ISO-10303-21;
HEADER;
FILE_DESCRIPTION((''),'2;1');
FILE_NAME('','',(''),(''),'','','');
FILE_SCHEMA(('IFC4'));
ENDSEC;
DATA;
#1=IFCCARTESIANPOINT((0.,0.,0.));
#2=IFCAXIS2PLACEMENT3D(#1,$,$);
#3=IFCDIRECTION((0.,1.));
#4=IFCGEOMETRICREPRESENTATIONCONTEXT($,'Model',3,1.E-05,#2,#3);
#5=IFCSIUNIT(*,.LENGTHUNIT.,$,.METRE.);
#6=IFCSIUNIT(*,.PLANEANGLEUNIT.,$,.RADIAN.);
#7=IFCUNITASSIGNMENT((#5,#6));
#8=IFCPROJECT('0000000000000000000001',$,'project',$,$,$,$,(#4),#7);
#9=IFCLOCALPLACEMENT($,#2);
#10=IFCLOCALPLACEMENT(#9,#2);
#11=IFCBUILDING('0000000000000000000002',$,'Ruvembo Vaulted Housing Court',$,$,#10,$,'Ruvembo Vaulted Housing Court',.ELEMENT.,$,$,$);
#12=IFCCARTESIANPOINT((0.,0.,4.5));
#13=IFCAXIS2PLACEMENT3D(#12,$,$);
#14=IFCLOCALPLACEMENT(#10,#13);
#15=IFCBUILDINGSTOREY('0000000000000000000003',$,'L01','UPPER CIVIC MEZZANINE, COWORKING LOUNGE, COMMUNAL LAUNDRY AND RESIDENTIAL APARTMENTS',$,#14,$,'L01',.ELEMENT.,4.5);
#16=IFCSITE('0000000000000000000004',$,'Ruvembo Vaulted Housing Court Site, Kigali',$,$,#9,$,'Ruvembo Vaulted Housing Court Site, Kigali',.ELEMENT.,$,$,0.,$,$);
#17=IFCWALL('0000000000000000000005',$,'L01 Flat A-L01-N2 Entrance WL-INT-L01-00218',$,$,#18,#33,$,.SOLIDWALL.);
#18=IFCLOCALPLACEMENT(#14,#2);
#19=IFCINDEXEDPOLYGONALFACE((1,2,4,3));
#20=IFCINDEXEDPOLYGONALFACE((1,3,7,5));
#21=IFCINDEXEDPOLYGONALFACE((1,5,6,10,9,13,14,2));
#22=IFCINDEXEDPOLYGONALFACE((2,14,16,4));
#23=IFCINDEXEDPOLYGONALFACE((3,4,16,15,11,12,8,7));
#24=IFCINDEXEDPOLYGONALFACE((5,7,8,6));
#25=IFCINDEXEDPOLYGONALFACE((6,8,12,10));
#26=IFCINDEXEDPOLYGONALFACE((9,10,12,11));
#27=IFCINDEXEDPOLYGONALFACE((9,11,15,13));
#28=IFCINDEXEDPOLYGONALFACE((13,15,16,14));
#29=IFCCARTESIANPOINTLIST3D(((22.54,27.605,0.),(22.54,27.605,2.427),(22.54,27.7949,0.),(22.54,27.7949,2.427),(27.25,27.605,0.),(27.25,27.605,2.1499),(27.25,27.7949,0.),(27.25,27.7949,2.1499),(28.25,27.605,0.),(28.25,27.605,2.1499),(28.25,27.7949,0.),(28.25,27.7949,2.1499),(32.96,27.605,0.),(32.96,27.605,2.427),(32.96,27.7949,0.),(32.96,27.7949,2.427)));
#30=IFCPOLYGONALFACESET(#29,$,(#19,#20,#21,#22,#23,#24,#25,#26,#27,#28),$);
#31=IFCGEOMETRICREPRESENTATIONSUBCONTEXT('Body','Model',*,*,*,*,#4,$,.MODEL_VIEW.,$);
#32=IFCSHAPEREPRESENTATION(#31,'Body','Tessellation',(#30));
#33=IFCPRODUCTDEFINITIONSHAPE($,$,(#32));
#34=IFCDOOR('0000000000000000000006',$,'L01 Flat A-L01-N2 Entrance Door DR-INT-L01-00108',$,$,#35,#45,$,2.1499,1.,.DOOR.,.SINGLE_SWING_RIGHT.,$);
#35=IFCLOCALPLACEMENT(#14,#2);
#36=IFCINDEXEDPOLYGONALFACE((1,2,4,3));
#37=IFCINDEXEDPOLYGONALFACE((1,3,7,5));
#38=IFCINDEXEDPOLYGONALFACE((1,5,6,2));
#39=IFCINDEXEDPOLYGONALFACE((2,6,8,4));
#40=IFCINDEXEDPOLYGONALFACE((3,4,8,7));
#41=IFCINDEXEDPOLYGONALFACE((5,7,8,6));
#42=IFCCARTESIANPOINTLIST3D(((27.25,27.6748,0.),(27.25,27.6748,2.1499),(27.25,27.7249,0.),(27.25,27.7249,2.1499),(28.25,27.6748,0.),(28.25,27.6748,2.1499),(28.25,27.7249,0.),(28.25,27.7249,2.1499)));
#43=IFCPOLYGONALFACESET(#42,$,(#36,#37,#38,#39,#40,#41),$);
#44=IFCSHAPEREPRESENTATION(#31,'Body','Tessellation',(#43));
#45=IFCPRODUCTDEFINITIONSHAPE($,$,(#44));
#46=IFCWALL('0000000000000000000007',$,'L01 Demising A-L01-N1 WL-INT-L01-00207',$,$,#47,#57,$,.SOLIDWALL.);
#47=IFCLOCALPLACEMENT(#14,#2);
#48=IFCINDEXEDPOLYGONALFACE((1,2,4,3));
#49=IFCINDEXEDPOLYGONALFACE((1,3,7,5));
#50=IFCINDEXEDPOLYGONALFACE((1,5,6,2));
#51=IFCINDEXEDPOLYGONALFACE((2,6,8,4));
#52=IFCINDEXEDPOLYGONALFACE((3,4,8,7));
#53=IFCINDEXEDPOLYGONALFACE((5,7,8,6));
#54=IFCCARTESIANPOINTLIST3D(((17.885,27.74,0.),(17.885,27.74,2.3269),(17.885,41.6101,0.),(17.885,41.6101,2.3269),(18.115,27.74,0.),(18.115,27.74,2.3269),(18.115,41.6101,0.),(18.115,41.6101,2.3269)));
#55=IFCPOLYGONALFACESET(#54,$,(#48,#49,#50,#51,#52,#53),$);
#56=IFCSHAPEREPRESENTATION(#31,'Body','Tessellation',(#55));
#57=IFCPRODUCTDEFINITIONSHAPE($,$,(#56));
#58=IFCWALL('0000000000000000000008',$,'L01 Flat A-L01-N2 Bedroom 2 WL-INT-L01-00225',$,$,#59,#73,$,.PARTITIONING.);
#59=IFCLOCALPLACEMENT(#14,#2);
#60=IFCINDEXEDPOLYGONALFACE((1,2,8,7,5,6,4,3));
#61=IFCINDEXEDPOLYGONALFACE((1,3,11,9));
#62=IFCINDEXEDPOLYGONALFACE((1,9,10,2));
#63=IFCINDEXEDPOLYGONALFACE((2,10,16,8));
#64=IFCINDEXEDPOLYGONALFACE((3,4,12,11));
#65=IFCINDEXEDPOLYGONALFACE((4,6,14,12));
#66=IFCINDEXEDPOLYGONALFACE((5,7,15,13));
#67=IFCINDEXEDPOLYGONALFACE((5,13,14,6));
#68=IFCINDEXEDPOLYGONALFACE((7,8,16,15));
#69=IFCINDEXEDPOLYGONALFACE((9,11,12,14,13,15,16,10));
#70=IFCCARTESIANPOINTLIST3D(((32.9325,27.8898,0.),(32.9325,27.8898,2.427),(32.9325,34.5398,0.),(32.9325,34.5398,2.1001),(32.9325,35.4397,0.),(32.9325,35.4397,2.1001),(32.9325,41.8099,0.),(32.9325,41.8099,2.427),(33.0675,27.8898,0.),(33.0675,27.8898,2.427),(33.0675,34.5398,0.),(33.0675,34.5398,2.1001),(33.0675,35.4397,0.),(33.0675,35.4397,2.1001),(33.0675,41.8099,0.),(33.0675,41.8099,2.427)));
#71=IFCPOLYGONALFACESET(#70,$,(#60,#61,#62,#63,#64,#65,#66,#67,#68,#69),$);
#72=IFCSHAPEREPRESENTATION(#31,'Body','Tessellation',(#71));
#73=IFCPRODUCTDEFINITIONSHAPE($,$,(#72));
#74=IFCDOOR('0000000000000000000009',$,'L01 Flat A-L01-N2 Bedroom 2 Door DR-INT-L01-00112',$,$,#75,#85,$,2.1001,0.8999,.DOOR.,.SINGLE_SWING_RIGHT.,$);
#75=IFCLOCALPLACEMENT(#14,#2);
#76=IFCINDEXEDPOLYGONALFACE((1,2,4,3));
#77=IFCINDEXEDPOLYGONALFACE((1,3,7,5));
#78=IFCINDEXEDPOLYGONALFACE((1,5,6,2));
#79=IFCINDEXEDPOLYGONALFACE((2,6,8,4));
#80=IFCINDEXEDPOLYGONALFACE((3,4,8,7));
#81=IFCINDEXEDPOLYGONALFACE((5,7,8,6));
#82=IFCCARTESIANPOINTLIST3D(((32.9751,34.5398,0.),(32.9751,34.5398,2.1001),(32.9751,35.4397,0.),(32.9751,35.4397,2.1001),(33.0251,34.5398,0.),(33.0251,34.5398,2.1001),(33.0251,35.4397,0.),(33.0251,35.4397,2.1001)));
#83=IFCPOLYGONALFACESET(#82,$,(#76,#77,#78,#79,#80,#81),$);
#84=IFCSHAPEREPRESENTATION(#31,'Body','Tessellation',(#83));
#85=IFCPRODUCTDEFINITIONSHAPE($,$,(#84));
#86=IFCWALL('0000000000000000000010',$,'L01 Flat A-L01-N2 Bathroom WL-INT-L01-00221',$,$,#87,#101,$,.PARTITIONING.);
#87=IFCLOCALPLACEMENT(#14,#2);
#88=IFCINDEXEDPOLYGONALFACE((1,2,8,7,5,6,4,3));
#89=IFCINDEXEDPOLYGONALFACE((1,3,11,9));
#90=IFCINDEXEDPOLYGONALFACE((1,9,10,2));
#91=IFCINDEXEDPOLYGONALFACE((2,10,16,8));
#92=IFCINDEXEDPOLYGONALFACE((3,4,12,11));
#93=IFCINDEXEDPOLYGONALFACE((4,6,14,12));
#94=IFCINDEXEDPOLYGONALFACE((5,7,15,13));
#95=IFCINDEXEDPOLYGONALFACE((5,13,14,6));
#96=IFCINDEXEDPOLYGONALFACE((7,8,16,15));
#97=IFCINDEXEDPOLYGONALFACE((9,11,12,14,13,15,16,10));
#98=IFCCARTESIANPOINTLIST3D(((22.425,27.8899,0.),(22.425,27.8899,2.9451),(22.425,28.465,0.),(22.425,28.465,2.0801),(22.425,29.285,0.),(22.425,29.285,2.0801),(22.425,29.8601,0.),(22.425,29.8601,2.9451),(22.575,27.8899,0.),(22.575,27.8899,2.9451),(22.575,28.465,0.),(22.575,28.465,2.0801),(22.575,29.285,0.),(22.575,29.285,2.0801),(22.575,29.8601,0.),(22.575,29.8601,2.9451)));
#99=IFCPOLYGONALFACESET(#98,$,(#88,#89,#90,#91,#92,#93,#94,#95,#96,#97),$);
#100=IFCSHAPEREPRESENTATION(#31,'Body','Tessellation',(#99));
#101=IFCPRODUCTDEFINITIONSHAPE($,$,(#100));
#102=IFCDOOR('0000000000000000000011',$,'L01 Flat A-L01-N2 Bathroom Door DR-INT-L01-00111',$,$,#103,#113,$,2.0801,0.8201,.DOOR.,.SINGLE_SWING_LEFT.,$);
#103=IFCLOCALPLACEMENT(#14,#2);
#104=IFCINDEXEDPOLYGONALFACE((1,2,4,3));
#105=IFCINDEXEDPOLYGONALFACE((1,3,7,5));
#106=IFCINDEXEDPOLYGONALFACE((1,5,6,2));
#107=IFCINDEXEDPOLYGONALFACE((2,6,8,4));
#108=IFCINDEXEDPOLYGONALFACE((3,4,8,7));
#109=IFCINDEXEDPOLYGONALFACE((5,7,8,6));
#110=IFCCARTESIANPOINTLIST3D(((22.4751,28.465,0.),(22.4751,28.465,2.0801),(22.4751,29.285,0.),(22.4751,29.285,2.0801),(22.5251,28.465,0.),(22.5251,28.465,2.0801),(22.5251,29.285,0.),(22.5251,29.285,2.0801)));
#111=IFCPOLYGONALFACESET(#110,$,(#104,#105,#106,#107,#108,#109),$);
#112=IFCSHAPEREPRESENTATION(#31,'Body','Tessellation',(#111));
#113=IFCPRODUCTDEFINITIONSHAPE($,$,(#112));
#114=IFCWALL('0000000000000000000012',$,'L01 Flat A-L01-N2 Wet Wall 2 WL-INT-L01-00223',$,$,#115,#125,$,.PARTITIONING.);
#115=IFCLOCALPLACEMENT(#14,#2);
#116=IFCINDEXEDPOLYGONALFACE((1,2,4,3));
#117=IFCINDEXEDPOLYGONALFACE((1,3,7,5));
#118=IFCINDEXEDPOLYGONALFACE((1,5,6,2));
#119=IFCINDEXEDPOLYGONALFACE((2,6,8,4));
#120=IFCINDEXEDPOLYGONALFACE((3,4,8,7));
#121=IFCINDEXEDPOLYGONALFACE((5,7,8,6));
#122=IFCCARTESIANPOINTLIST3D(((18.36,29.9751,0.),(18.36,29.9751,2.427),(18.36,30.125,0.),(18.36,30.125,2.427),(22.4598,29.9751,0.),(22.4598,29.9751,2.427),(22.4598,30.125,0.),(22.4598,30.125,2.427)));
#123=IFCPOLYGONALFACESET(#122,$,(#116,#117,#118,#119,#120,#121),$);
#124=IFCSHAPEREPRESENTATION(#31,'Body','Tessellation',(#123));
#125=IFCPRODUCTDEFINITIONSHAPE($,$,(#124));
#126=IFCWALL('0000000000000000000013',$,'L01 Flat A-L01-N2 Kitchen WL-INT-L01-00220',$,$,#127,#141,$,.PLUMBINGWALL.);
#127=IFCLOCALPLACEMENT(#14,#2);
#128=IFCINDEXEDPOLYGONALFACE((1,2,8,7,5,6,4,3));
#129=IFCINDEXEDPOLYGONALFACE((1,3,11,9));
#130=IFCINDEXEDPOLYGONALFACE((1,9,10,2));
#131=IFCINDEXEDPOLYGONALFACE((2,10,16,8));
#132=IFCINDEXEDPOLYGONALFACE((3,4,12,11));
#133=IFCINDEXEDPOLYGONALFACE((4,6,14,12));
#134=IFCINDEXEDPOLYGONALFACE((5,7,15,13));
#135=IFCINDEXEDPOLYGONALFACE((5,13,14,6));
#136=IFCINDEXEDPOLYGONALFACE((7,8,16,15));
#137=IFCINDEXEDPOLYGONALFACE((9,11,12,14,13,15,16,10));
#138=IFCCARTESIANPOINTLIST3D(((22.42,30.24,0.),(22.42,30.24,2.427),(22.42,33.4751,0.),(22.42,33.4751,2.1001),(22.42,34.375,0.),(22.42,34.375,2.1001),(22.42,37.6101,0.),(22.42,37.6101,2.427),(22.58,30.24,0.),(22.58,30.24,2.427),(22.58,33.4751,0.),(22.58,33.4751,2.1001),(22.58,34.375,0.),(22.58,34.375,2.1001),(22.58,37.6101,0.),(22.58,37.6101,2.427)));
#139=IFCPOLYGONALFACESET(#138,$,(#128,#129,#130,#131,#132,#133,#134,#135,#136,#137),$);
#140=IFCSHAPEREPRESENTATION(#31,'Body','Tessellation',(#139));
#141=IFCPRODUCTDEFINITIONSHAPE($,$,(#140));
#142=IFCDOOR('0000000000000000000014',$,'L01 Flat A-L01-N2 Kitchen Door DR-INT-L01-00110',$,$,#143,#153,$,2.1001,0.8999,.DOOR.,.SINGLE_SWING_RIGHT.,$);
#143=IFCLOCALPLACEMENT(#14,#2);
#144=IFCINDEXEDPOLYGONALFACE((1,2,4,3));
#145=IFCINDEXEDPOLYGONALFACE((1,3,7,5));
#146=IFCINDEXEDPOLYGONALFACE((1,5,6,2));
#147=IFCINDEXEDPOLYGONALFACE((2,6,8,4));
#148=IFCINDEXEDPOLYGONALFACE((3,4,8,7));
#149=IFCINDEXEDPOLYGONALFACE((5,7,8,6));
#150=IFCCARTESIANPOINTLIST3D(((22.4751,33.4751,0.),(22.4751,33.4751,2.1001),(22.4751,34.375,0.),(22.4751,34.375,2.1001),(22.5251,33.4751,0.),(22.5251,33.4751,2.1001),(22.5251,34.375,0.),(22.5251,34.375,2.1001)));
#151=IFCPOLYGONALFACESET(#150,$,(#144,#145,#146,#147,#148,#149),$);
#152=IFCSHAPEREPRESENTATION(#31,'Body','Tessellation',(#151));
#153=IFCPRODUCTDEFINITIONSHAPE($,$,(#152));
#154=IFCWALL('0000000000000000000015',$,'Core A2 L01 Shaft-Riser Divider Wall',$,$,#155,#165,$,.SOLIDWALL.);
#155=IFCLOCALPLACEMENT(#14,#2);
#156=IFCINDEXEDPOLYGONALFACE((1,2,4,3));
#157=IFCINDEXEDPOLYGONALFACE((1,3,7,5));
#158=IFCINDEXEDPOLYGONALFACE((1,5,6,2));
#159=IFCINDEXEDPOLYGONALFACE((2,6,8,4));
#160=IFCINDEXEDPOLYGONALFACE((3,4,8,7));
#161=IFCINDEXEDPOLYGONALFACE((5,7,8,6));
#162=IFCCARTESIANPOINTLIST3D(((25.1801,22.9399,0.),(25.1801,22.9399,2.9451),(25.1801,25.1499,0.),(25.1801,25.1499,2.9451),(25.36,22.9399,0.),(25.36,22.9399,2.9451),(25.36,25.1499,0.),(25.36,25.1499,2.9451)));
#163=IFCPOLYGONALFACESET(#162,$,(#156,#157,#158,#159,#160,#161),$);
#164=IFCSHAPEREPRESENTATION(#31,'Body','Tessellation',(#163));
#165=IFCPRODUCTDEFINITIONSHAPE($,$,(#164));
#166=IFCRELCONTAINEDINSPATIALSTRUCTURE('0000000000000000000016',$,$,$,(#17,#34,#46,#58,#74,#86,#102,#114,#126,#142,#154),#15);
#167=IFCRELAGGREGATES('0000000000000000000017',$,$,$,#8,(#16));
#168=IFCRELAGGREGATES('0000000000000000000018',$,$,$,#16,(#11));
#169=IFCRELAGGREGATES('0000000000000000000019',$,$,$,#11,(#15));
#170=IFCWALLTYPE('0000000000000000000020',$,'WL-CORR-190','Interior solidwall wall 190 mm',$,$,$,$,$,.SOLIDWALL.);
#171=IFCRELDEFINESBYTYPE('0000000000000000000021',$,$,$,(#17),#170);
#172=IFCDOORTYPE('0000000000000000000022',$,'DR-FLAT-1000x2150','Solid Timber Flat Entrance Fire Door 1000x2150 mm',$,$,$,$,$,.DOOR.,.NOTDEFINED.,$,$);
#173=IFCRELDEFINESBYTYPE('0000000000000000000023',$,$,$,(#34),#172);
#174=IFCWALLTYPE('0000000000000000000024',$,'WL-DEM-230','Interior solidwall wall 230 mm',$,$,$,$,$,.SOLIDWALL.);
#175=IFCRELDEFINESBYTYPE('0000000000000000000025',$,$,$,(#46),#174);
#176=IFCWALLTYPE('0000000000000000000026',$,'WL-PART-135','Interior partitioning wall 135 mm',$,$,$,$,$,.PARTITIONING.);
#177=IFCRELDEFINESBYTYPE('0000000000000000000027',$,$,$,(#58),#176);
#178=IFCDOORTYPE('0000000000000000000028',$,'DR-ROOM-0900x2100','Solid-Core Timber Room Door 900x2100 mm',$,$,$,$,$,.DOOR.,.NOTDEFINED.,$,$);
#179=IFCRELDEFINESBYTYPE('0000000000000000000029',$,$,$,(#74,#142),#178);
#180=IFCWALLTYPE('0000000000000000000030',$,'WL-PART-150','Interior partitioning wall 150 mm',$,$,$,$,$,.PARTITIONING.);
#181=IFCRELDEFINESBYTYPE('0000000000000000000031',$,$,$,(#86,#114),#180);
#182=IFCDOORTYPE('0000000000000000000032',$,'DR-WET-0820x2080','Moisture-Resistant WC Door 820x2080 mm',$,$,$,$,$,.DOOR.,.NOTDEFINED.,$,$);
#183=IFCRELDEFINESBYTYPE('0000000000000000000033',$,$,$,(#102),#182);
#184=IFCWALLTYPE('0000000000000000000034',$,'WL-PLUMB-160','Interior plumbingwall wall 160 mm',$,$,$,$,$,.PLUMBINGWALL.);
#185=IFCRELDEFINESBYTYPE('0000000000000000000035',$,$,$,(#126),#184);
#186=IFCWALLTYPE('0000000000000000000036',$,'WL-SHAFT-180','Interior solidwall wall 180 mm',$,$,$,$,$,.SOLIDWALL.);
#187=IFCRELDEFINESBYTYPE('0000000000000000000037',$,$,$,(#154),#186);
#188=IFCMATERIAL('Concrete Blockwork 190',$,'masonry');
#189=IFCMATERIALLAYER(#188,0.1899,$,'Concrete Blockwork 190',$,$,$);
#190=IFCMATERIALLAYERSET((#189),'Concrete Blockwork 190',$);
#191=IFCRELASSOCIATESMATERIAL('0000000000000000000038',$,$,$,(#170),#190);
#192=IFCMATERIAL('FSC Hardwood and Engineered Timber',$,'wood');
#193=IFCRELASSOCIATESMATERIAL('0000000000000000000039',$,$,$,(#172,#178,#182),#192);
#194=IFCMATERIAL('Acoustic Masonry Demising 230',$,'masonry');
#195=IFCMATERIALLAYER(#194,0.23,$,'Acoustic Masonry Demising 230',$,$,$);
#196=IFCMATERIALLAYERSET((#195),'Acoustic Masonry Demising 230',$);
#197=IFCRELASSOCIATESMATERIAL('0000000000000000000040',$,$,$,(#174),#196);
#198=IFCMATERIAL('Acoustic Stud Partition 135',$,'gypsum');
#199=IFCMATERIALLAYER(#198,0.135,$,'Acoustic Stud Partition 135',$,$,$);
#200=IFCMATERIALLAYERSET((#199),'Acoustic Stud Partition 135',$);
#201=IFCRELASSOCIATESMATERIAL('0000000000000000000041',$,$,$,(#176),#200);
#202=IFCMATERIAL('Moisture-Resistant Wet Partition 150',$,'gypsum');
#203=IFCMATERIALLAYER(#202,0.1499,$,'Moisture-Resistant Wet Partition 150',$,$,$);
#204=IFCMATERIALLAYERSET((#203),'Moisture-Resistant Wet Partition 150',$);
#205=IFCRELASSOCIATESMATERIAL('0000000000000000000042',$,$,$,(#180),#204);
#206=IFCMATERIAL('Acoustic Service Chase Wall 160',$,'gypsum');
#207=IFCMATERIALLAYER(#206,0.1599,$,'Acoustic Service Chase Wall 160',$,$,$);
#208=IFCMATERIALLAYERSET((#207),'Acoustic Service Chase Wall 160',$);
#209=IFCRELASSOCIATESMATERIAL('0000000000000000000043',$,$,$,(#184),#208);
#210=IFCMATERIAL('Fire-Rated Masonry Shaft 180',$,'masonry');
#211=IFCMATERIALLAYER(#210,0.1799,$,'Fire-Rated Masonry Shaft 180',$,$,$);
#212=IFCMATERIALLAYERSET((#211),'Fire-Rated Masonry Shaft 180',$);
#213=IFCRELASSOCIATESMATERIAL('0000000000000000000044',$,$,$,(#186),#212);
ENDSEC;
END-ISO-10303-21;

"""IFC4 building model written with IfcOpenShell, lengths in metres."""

from ifc_helpers import new_model, si_unit, direction, frame, frame_2d, origin, place, context, subcontext, project, spatial, rectangle, extrude, material, layer, layer_set, type_object, element, fill, save


model = new_model("IFC4")

# Units and contexts
model_context = context("Model", 3, precision=1e-05, world=origin(), true_north=direction((0.0, 1.0)))
body_context = subcontext(model_context, "Body", "Model", "MODEL_VIEW")
ifc_project = project(units=[si_unit("LENGTHUNIT", "METRE"), si_unit("PLANEANGLEUNIT", "RADIAN")], contexts=[model_context])

# Site, building, storey
site_placement = place(None, origin())
site = spatial("IfcSite", under=ifc_project, at=site_placement, Name="Ruvembo Vaulted Housing Court Site, Kigali", LongName="Ruvembo Vaulted Housing Court Site, Kigali", CompositionType="ELEMENT", RefElevation=0.0)
building_placement = place(site_placement, origin())
building = spatial("IfcBuilding", under=site, at=building_placement, Name="Ruvembo Vaulted Housing Court", LongName="Ruvembo Vaulted Housing Court", CompositionType="ELEMENT")
storey_placement = place(building_placement, frame((0.0, 0.0, 4.5)))
storey = spatial("IfcBuildingStorey", under=building, at=storey_placement, Name="L01", Description="UPPER CIVIC MEZZANINE, COWORKING LOUNGE, COMMUNAL LAUNDRY AND RESIDENTIAL APARTMENTS", LongName="L01", CompositionType="ELEMENT", Elevation=4.5)

# Shared definitions
ifc_material_1 = material(Name="Concrete Blockwork 190", Category="masonry")
ifc_layer_1 = layer(ifc_material_1, 0.1899, Name="Concrete Blockwork 190")
ifc_layer_set_1 = layer_set([ifc_layer_1], Name="Concrete Blockwork 190")
wall_type_1 = type_object("IfcWallType", Name="WL-CORR-190", Description="Interior solidwall wall 190 mm", PredefinedType="SOLIDWALL", material=ifc_layer_set_1)

# Wall, opening, door
wall_1_placement = place(storey_placement, frame((22.54, 27.7, 0.0), z_axis=(0.0, 0.0, 1.0), x_axis=(1.0, 0.0, 0.0)))
wall_1 = element("IfcWall", 1, at=wall_1_placement, inside=storey, type_object=wall_type_1, Name="L01 Flat A-L01-N2 Entrance WL-INT-L01-00218", PredefinedType="SOLIDWALL", context=body_context, shape_type="SweptSolid", body=[
    extrude(rectangle(XDim=10.4199, YDim=0.1899, at=frame_2d((5.21, 0.0))), origin(), (0.0, 0.0, 1.0), 2.427),
])
opening_1_placement = place(wall_1_placement, frame((4.71, 0.0, 0.0)))
opening_1 = element("IfcOpeningElement", 2, at=opening_1_placement, cuts=wall_1, PredefinedType="OPENING", context=body_context, shape_type="SweptSolid", body=[
    extrude(rectangle(XDim=1.0, YDim=2.1499, at=frame_2d((0.5, 1.075))), frame((0.0, 0.105, 0.0), z_axis=(0.0, -1.0, 0.0), x_axis=(1.0, 0.0, 0.0)), (0.0, 0.0, 1.0), 0.21),
])
ifc_material_2 = material(Name="FSC Hardwood and Engineered Timber", Category="wood")
door_type_1 = type_object("IfcDoorType", Name="DR-FLAT-1000x2150", Description="Solid Timber Flat Entrance Fire Door 1000x2150 mm", OperationType="NOTDEFINED", PredefinedType="DOOR", material=ifc_material_2)
door_1_placement = place(opening_1_placement, origin())
door_1 = element("IfcDoor", 3, at=door_1_placement, inside=storey, type_object=door_type_1, Name="L01 Flat A-L01-N2 Entrance Door DR-INT-L01-00108", OperationType="SINGLE_SWING_RIGHT", OverallHeight=2.1499, OverallWidth=1.0, PredefinedType="DOOR", context=body_context, shape_type="SweptSolid", body=[
    extrude(rectangle(XDim=1.0, YDim=2.1499, at=frame_2d((0.5, 1.075))), frame((0.0, 0.0249, 0.0), z_axis=(0.0, -1.0, 0.0), x_axis=(1.0, 0.0, 0.0)), (0.0, 0.0, 1.0), 0.05),
])
fill(opening_1, door_1)

# Wall
ifc_material_3 = material(Name="Acoustic Masonry Demising 230", Category="masonry")
ifc_layer_2 = layer(ifc_material_3, 0.23, Name="Acoustic Masonry Demising 230")
ifc_layer_set_2 = layer_set([ifc_layer_2], Name="Acoustic Masonry Demising 230")
wall_type_2 = type_object("IfcWallType", Name="WL-DEM-230", Description="Interior solidwall wall 230 mm", PredefinedType="SOLIDWALL", material=ifc_layer_set_2)
wall_2_placement = place(storey_placement, frame((18.0, 27.74, 0.0), z_axis=(0.0, 0.0, 1.0), x_axis=(0.0, 1.0, 0.0)))
element("IfcWall", 4, at=wall_2_placement, inside=storey, type_object=wall_type_2, Name="L01 Demising A-L01-N1 WL-INT-L01-00207", PredefinedType="SOLIDWALL", context=body_context, shape_type="SweptSolid", body=[
    extrude(rectangle(XDim=13.8701, YDim=0.23, at=frame_2d((6.9351, 0.0))), origin(), (0.0, 0.0, 1.0), 2.3269),
])

# Walls, openings, doors
ifc_material_4 = material(Name="Acoustic Stud Partition 135", Category="gypsum")
ifc_layer_3 = layer(ifc_material_4, 0.135, Name="Acoustic Stud Partition 135")
ifc_layer_set_3 = layer_set([ifc_layer_3], Name="Acoustic Stud Partition 135")
wall_type_3 = type_object("IfcWallType", Name="WL-PART-135", Description="Interior partitioning wall 135 mm", PredefinedType="PARTITIONING", material=ifc_layer_set_3)
wall_3_placement = place(storey_placement, frame((33.0, 27.8899, 0.0), z_axis=(0.0, 0.0, 1.0), x_axis=(0.0, 1.0, 0.0)))
wall_3 = element("IfcWall", 5, at=wall_3_placement, inside=storey, type_object=wall_type_3, Name="L01 Flat A-L01-N2 Bedroom 2 WL-INT-L01-00225", PredefinedType="PARTITIONING", context=body_context, shape_type="SweptSolid", body=[
    extrude(rectangle(XDim=13.9202, YDim=0.135, at=frame_2d((6.96, 0.0))), origin(), (0.0, 0.0, 1.0), 2.427),
])
opening_2_placement = place(wall_3_placement, frame((6.6499, 0.0, 0.0)))
opening_2 = element("IfcOpeningElement", 6, at=opening_2_placement, cuts=wall_3, PredefinedType="OPENING", context=body_context, shape_type="SweptSolid", body=[
    extrude(rectangle(XDim=0.8999, YDim=2.1001, at=frame_2d((0.45, 1.05))), frame((0.0, 0.0774, 0.0), z_axis=(0.0, -1.0, 0.0), x_axis=(1.0, 0.0, 0.0)), (0.0, 0.0, 1.0), 0.155),
])
door_type_2 = type_object("IfcDoorType", Name="DR-ROOM-0900x2100", Description="Solid-Core Timber Room Door 900x2100 mm", OperationType="NOTDEFINED", PredefinedType="DOOR", material=ifc_material_2)
door_2_placement = place(opening_2_placement, origin())
door_2 = element("IfcDoor", 7, at=door_2_placement, inside=storey, type_object=door_type_2, Name="L01 Flat A-L01-N2 Bedroom 2 Door DR-INT-L01-00112", OperationType="SINGLE_SWING_RIGHT", OverallHeight=2.1001, OverallWidth=0.8999, PredefinedType="DOOR", context=body_context, shape_type="SweptSolid", body=[
    extrude(rectangle(XDim=0.8999, YDim=2.1001, at=frame_2d((0.45, 1.05))), frame((0.0, 0.0249, 0.0), z_axis=(0.0, -1.0, 0.0), x_axis=(1.0, 0.0, 0.0)), (0.0, 0.0, 1.0), 0.05),
])
fill(opening_2, door_2)
ifc_material_5 = material(Name="Moisture-Resistant Wet Partition 150", Category="gypsum")
ifc_layer_4 = layer(ifc_material_5, 0.1499, Name="Moisture-Resistant Wet Partition 150")
ifc_layer_set_4 = layer_set([ifc_layer_4], Name="Moisture-Resistant Wet Partition 150")
wall_type_4 = type_object("IfcWallType", Name="WL-PART-150", Description="Interior partitioning wall 150 mm", PredefinedType="PARTITIONING", material=ifc_layer_set_4)
wall_4_placement = place(storey_placement, frame((22.5, 27.8899, 0.0), z_axis=(0.0, 0.0, 1.0), x_axis=(0.0, 1.0, 0.0)))
wall_4 = element("IfcWall", 8, at=wall_4_placement, inside=storey, type_object=wall_type_4, Name="L01 Flat A-L01-N2 Bathroom WL-INT-L01-00221", PredefinedType="PARTITIONING", context=body_context, shape_type="SweptSolid", body=[
    extrude(rectangle(XDim=1.9702, YDim=0.1499, at=frame_2d((0.9851, 0.0))), origin(), (0.0, 0.0, 1.0), 2.9451),
])
opening_3_placement = place(wall_4_placement, frame((0.575, 0.0, 0.0)))
opening_3 = element("IfcOpeningElement", 9, at=opening_3_placement, cuts=wall_4, PredefinedType="OPENING", context=body_context, shape_type="SweptSolid", body=[
    extrude(rectangle(XDim=0.8201, YDim=2.0801, at=frame_2d((0.4102, 1.04))), frame((0.0, 0.085, 0.0), z_axis=(0.0, -1.0, 0.0), x_axis=(1.0, 0.0, 0.0)), (0.0, 0.0, 1.0), 0.1699),
])
door_type_3 = type_object("IfcDoorType", Name="DR-WET-0820x2080", Description="Moisture-Resistant WC Door 820x2080 mm", OperationType="NOTDEFINED", PredefinedType="DOOR", material=ifc_material_2)
door_3_placement = place(opening_3_placement, origin())
door_3 = element("IfcDoor", 10, at=door_3_placement, inside=storey, type_object=door_type_3, Name="L01 Flat A-L01-N2 Bathroom Door DR-INT-L01-00111", OperationType="SINGLE_SWING_LEFT", OverallHeight=2.0801, OverallWidth=0.8201, PredefinedType="DOOR", context=body_context, shape_type="SweptSolid", body=[
    extrude(rectangle(XDim=0.8201, YDim=2.0801, at=frame_2d((0.4102, 1.04))), frame((0.0, 0.0249, 0.0), z_axis=(0.0, -1.0, 0.0), x_axis=(1.0, 0.0, 0.0)), (0.0, 0.0, 1.0), 0.05),
])
fill(opening_3, door_3)

# Wall
wall_5_placement = place(storey_placement, frame((18.3601, 30.05, 0.0), z_axis=(0.0, 0.0, 1.0), x_axis=(1.0, 0.0, 0.0)))
element("IfcWall", 11, at=wall_5_placement, inside=storey, type_object=wall_type_4, Name="L01 Flat A-L01-N2 Wet Wall 2 WL-INT-L01-00223", PredefinedType="PARTITIONING", context=body_context, shape_type="SweptSolid", body=[
    extrude(rectangle(XDim=4.0999, YDim=0.1499, at=frame_2d((2.0498, 0.0))), origin(), (0.0, 0.0, 1.0), 2.427),
])

# Wall, opening, door
ifc_material_6 = material(Name="Acoustic Service Chase Wall 160", Category="gypsum")
ifc_layer_5 = layer(ifc_material_6, 0.1599, Name="Acoustic Service Chase Wall 160")
ifc_layer_set_5 = layer_set([ifc_layer_5], Name="Acoustic Service Chase Wall 160")
wall_type_5 = type_object("IfcWallType", Name="WL-PLUMB-160", Description="Interior plumbingwall wall 160 mm", PredefinedType="PLUMBINGWALL", material=ifc_layer_set_5)
wall_6_placement = place(storey_placement, frame((22.5, 30.24, 0.0), z_axis=(0.0, 0.0, 1.0), x_axis=(0.0, 1.0, 0.0)))
wall_6 = element("IfcWall", 12, at=wall_6_placement, inside=storey, type_object=wall_type_5, Name="L01 Flat A-L01-N2 Kitchen WL-INT-L01-00220", PredefinedType="PLUMBINGWALL", context=body_context, shape_type="SweptSolid", body=[
    extrude(rectangle(XDim=7.3701, YDim=0.1599, at=frame_2d((3.6851, 0.0))), origin(), (0.0, 0.0, 1.0), 2.427),
])
opening_4_placement = place(wall_6_placement, frame((3.2351, 0.0, 0.0)))
opening_4 = element("IfcOpeningElement", 13, at=opening_4_placement, cuts=wall_6, PredefinedType="OPENING", context=body_context, shape_type="SweptSolid", body=[
    extrude(rectangle(XDim=0.8999, YDim=2.1001, at=frame_2d((0.45, 1.05))), frame((0.0, 0.0898, 0.0), z_axis=(0.0, -1.0, 0.0), x_axis=(1.0, 0.0, 0.0)), (0.0, 0.0, 1.0), 0.1799),
])
door_4_placement = place(opening_4_placement, origin())
door_4 = element("IfcDoor", 14, at=door_4_placement, inside=storey, type_object=door_type_2, Name="L01 Flat A-L01-N2 Kitchen Door DR-INT-L01-00110", OperationType="SINGLE_SWING_RIGHT", OverallHeight=2.1001, OverallWidth=0.8999, PredefinedType="DOOR", context=body_context, shape_type="SweptSolid", body=[
    extrude(rectangle(XDim=0.8999, YDim=2.1001, at=frame_2d((0.45, 1.05))), frame((0.0, 0.0249, 0.0), z_axis=(0.0, -1.0, 0.0), x_axis=(1.0, 0.0, 0.0)), (0.0, 0.0, 1.0), 0.05),
])
fill(opening_4, door_4)

# Shared definitions
ifc_material_7 = material(Name="Fire-Rated Masonry Shaft 180", Category="masonry")
ifc_layer_6 = layer(ifc_material_7, 0.1799, Name="Fire-Rated Masonry Shaft 180")
ifc_layer_set_6 = layer_set([ifc_layer_6], Name="Fire-Rated Masonry Shaft 180")
wall_type_6 = type_object("IfcWallType", Name="WL-SHAFT-180", Description="Interior solidwall wall 180 mm", PredefinedType="SOLIDWALL", material=ifc_layer_set_6)

# Wall
wall_7_placement = place(storey_placement, frame((25.27, 22.9399, 0.0), z_axis=(0.0, 0.0, 1.0), x_axis=(0.0, 1.0, 0.0)))
element("IfcWall", 15, at=wall_7_placement, inside=storey, type_object=wall_type_6, Name="Core A2 L01 Shaft-Riser Divider Wall", PredefinedType="SOLIDWALL", context=body_context, shape_type="SweptSolid", body=[
    extrude(rectangle(XDim=2.21, YDim=0.1799, at=frame_2d((1.105, 0.0))), origin(), (0.0, 0.0, 1.0), 2.9451),
])

save(model, "model.ifc")
